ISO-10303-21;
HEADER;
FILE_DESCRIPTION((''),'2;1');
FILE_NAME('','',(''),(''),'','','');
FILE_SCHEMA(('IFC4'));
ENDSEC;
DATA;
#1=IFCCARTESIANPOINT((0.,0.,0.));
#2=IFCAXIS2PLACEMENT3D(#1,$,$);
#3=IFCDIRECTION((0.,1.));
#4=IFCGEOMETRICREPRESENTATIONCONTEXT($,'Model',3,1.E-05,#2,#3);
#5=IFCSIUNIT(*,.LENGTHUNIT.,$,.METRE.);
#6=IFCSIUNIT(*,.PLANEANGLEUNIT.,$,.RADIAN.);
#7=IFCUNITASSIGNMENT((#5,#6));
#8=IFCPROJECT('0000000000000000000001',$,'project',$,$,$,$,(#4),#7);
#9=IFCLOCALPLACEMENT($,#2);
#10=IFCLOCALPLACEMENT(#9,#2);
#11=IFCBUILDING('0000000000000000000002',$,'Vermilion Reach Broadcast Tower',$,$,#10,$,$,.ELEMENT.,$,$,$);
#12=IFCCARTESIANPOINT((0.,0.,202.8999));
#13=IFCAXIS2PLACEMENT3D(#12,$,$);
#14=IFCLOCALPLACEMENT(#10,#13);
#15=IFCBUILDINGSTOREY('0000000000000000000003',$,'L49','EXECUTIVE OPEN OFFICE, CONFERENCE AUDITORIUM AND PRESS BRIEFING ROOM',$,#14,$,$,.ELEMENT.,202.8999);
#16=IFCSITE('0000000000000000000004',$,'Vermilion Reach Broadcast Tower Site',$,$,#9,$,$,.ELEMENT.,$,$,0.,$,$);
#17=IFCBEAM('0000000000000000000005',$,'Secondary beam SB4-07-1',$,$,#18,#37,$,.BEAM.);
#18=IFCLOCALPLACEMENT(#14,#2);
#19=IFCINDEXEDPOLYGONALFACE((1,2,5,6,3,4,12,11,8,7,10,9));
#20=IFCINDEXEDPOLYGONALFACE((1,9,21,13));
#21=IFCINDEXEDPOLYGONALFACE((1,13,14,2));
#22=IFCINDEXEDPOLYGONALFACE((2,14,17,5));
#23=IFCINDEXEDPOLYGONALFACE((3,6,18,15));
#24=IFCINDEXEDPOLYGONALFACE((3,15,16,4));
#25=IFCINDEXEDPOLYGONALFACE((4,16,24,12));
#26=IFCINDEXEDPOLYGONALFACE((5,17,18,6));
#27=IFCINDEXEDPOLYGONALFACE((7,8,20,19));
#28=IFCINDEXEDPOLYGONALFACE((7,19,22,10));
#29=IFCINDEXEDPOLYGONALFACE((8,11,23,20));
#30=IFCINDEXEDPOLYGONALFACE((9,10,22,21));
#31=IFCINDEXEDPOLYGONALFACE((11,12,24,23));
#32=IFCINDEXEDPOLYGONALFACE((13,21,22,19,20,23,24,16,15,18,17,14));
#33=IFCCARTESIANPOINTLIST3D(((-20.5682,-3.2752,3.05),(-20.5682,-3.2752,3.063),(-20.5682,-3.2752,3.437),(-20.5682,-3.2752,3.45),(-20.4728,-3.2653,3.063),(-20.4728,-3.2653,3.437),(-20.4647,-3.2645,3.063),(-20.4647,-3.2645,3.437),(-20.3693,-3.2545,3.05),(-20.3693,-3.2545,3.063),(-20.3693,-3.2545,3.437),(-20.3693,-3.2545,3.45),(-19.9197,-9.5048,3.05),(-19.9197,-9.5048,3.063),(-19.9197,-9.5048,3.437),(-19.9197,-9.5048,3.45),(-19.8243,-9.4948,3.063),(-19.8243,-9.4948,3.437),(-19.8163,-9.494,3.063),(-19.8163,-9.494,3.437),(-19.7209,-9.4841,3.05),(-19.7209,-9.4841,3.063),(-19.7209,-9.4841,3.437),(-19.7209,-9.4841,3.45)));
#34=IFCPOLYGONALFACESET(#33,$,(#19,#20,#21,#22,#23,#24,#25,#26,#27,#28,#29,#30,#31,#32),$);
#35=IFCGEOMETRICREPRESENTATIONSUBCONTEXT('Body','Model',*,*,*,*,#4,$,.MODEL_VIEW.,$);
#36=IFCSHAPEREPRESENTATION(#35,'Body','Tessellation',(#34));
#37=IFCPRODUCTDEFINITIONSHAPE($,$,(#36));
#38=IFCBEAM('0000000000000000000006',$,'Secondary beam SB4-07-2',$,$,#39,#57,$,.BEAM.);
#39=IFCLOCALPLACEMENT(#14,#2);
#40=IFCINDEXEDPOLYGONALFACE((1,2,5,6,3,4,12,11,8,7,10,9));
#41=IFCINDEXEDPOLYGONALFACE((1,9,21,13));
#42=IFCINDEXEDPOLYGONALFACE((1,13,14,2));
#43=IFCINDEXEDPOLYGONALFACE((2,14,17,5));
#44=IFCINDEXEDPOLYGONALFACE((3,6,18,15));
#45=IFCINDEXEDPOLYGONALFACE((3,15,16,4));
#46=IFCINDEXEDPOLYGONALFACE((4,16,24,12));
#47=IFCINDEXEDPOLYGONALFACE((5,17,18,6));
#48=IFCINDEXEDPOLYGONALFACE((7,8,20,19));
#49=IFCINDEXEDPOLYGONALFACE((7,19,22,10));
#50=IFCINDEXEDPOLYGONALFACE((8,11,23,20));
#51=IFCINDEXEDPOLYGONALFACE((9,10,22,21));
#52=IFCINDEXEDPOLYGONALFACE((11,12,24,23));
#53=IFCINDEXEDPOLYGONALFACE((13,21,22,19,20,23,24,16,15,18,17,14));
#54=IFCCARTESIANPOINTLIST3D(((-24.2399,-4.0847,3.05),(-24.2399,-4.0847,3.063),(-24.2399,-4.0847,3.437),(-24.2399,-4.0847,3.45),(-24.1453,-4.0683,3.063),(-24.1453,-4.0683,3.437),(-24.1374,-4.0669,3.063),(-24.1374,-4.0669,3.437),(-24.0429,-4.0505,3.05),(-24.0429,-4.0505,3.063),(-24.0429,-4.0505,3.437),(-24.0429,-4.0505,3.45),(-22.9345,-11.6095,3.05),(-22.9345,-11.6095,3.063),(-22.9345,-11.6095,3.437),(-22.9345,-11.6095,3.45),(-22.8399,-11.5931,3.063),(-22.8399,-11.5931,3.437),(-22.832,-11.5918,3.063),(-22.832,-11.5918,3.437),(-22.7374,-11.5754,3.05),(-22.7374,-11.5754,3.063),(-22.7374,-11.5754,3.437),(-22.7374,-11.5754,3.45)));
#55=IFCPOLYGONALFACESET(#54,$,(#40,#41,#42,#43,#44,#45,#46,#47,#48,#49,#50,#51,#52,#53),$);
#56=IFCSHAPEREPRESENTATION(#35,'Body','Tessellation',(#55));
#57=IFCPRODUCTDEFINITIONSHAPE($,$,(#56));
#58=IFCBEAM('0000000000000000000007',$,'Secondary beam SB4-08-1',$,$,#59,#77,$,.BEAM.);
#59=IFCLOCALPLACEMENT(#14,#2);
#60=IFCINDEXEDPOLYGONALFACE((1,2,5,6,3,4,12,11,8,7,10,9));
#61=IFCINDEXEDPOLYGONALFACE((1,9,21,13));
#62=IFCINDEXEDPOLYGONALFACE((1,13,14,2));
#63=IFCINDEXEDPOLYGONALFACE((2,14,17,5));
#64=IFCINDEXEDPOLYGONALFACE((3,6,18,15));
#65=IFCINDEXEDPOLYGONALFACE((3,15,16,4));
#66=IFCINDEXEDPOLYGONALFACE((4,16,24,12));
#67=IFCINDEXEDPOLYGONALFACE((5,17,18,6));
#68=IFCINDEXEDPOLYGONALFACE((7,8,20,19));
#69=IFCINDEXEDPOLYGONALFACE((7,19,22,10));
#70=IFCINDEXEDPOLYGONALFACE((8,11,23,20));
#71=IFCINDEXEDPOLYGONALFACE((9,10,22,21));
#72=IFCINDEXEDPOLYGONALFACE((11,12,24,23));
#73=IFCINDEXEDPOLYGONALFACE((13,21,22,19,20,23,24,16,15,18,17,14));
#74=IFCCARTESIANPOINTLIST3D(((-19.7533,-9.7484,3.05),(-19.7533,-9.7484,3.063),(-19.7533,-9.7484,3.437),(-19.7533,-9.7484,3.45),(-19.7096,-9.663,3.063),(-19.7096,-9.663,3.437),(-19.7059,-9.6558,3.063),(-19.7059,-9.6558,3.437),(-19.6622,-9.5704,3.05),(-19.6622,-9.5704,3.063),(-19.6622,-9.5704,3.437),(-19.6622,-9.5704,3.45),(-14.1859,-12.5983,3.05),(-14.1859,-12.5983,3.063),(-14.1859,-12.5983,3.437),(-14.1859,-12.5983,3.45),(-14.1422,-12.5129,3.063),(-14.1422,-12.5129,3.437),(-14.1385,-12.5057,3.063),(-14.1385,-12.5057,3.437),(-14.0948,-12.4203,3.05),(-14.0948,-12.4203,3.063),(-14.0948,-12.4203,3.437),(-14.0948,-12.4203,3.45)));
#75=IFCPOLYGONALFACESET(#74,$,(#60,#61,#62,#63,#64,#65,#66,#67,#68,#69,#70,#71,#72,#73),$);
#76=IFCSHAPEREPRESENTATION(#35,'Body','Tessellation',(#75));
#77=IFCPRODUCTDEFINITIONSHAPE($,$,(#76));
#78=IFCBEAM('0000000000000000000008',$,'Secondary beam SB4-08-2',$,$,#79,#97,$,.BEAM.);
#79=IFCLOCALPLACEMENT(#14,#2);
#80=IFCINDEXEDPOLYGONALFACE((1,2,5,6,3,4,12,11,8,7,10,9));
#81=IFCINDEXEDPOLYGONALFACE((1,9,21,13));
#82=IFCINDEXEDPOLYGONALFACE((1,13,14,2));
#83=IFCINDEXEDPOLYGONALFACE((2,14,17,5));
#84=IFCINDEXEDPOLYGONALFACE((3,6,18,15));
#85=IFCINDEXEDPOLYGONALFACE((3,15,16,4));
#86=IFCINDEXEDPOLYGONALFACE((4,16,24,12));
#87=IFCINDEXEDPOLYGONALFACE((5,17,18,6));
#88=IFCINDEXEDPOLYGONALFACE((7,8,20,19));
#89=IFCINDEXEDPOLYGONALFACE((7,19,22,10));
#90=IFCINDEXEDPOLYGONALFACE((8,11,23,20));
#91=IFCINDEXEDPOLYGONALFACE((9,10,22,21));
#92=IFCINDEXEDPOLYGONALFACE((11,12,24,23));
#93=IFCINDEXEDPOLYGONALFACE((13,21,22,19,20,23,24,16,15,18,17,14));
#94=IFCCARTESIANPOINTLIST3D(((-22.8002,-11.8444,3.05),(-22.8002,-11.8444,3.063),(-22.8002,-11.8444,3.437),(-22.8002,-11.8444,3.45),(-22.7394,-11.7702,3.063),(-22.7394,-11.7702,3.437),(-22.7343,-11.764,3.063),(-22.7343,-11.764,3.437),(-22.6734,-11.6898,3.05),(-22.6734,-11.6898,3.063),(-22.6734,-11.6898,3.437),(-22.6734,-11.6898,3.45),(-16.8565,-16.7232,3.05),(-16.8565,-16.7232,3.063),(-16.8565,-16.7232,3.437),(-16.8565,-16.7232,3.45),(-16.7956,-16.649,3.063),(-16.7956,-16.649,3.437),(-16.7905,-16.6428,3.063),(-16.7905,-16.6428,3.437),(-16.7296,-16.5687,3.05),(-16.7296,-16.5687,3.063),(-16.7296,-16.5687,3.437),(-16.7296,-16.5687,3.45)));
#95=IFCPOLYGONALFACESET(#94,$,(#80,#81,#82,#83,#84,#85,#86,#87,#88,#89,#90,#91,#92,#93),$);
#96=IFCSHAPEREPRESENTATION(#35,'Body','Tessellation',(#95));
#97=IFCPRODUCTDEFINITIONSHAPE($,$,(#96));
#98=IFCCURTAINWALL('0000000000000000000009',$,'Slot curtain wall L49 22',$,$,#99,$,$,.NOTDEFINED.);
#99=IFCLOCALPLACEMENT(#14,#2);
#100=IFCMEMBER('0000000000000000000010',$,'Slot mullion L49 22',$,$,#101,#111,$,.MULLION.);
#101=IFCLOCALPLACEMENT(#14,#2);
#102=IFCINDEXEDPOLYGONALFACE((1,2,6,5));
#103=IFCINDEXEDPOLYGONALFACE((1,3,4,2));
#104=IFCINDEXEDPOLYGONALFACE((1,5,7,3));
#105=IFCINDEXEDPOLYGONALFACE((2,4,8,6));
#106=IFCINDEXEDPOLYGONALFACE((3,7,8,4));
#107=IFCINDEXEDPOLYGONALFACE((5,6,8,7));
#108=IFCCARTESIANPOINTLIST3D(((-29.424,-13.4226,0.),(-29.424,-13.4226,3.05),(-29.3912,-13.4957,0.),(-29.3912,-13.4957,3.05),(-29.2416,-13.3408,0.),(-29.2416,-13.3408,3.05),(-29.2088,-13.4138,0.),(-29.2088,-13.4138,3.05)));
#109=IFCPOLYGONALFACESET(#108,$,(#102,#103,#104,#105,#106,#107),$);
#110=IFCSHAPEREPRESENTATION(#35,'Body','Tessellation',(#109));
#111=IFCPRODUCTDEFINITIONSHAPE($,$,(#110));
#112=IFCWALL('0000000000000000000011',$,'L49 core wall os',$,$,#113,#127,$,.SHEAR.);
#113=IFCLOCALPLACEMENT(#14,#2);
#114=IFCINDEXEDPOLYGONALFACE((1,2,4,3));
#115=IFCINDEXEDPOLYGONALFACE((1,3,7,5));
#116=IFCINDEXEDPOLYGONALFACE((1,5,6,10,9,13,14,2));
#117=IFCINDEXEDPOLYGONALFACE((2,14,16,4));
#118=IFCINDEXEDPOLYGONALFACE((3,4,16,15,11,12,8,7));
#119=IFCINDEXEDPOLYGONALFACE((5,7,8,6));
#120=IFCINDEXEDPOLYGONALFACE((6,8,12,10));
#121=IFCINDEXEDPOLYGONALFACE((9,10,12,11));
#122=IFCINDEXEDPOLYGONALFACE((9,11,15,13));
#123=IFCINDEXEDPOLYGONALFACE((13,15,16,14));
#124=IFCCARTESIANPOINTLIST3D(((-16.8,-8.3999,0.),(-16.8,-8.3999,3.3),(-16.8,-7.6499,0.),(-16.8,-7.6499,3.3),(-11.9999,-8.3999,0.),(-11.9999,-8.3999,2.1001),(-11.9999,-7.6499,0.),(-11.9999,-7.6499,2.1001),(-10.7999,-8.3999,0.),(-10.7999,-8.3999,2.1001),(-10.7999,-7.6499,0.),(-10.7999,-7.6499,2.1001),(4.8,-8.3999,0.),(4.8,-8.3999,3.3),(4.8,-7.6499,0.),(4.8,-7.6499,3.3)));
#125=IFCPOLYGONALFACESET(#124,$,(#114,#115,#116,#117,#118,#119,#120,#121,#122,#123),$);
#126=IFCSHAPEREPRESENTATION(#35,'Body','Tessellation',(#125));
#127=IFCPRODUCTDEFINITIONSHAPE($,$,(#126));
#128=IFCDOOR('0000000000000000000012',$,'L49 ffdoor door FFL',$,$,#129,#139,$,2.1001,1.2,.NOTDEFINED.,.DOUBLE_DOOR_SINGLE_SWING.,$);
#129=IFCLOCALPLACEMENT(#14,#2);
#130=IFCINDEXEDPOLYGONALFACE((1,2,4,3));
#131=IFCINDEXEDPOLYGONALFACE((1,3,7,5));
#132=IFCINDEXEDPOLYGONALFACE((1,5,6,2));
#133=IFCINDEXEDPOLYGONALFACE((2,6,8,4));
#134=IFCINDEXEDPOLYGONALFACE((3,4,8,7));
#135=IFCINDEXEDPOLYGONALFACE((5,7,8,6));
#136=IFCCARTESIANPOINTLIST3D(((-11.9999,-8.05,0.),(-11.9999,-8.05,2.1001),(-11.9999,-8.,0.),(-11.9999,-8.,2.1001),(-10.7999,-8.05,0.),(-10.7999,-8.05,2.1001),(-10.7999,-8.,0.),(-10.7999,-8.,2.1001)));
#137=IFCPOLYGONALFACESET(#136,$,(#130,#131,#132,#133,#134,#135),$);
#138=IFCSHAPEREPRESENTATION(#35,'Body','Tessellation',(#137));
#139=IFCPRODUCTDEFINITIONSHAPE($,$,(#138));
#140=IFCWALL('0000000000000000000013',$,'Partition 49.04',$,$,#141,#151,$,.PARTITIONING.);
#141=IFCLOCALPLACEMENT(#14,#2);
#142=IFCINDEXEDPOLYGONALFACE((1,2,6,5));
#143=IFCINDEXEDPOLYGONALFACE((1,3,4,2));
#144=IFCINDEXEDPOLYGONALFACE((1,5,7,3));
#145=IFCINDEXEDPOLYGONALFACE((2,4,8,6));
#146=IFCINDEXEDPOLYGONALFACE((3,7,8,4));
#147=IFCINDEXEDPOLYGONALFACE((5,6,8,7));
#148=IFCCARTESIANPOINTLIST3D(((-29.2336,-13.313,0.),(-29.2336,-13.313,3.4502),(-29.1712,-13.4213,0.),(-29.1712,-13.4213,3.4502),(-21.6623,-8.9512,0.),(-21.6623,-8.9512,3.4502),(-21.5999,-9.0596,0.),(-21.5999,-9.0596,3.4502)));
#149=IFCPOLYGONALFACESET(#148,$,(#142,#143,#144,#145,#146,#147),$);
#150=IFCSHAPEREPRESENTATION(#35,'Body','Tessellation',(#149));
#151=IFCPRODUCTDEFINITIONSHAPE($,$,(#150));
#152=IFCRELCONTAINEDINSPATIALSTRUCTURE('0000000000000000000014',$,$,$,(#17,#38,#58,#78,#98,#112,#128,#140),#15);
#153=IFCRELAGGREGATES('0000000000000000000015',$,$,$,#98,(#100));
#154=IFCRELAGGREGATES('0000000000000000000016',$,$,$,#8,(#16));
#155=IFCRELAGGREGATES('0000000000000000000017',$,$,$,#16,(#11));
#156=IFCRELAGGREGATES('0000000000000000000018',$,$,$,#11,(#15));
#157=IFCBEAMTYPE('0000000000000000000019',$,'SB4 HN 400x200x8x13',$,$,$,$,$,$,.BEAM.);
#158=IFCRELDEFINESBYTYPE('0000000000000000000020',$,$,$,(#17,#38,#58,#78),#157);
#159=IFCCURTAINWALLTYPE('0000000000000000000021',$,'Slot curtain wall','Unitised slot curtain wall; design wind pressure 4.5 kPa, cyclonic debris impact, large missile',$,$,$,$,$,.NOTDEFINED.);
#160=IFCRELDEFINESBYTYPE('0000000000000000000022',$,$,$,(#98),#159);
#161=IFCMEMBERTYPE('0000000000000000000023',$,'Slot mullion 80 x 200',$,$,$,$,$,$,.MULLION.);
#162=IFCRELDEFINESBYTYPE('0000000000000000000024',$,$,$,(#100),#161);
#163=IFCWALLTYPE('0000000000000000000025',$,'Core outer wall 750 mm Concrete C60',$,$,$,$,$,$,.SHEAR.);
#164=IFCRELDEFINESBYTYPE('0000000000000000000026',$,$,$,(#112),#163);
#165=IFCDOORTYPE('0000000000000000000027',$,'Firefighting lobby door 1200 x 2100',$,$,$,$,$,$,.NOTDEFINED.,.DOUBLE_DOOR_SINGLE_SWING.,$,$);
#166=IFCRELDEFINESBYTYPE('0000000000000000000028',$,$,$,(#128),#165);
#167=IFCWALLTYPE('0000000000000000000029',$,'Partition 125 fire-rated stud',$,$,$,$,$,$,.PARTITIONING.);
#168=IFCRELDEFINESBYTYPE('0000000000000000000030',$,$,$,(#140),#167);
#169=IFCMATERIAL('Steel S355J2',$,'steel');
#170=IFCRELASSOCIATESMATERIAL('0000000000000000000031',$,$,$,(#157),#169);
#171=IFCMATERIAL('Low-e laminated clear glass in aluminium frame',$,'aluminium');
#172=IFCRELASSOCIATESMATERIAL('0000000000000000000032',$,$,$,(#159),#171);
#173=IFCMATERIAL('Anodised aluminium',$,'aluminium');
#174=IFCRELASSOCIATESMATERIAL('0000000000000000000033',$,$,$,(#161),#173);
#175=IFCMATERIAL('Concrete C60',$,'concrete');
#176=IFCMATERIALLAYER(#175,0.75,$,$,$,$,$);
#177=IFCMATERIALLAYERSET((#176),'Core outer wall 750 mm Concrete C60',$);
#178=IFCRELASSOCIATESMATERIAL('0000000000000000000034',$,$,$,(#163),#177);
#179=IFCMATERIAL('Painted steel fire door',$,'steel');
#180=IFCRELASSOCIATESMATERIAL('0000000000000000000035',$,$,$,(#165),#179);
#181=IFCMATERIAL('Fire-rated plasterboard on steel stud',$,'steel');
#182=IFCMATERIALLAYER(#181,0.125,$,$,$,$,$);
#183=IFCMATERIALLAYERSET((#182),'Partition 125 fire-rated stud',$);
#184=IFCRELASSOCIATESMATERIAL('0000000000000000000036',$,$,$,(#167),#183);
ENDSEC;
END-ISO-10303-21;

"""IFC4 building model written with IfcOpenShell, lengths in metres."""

from ifc_helpers import new_model, si_unit, direction, frame, frame_2d, origin, origin_2d, place, context, subcontext, project, spatial, rectangle, i_section, extrude, material, layer, layer_set, material_profile, profile_set, type_object, element, fill, aggregate, save


model = new_model("IFC4")

# Units and contexts
model_context = context("Model", 3, precision=1e-05, world=origin(), true_north=direction((0.0, 1.0)))
body_context = subcontext(model_context, "Body", "Model", "MODEL_VIEW")
ifc_project = project(units=[si_unit("LENGTHUNIT", "METRE"), si_unit("PLANEANGLEUNIT", "RADIAN")], contexts=[model_context])

# Site, building, storey
site_placement = place(None, origin())
site = spatial("IfcSite", under=ifc_project, at=site_placement, Name="Vermilion Reach Broadcast Tower Site", CompositionType="ELEMENT", RefElevation=0.0)
building_placement = place(site_placement, origin())
building = spatial("IfcBuilding", under=site, at=building_placement, Name="Vermilion Reach Broadcast Tower", CompositionType="ELEMENT")
storey_placement = place(building_placement, frame((0.0, 0.0, 202.8999)))
storey = spatial("IfcBuildingStorey", under=building, at=storey_placement, Name="L49", Description="EXECUTIVE OPEN OFFICE, CONFERENCE AUDITORIUM AND PRESS BRIEFING ROOM", CompositionType="ELEMENT", Elevation=202.8999)

# Beams
ifc_material_1 = material(Name="Steel S355J2", Category="steel")
ifc_material_profile_1 = material_profile(ifc_material_1, i_section(OverallWidth=0.2, OverallDepth=0.3999, WebThickness=0.0081, FlangeThickness=0.0129, at=origin_2d()), Name="S355J2 HN 400x200x8x13")
ifc_profile_set_1 = profile_set([ifc_material_profile_1], Name="Steel S355J2")
beam_type_1 = type_object("IfcBeamType", Name="SB4 HN 400x200x8x13", PredefinedType="BEAM", material=ifc_profile_set_1)
beam_1_placement = place(storey_placement, frame((-20.4688, -3.2649, 3.25), z_axis=(0.103532, -0.994626, 0.0), x_axis=(0.994626, 0.103532, 0.0)))
element("IfcBeam", 1, at=beam_1_placement, inside=storey, type_object=beam_type_1, Name="Secondary beam SB4-07-1", PredefinedType="BEAM", context=body_context, shape_type="SweptSolid", body=[
    extrude(i_section(OverallWidth=0.2, OverallDepth=0.3999, WebThickness=0.0081, FlangeThickness=0.0129, at=origin_2d()), origin(), (0.0, 0.0, 1.0), 6.2632),
])
beam_2_placement = place(storey_placement, frame((-24.1414, -4.0676, 3.25), z_axis=(0.170927, -0.985284, 0.0), x_axis=(0.985284, 0.170927, 0.0)))
element("IfcBeam", 2, at=beam_2_placement, inside=storey, type_object=beam_type_1, Name="Secondary beam SB4-07-2", PredefinedType="BEAM", context=body_context, shape_type="SweptSolid", body=[
    extrude(i_section(OverallWidth=0.2, OverallDepth=0.3999, WebThickness=0.0081, FlangeThickness=0.0129, at=origin_2d()), origin(), (0.0, 0.0, 1.0), 7.6372),
])
beam_3_placement = place(storey_placement, frame((-19.7078, -9.6594, 3.25), z_axis=(0.890156, -0.455656, 0.0), x_axis=(0.455656, 0.890156, 0.0)))
element("IfcBeam", 3, at=beam_3_placement, inside=storey, type_object=beam_type_1, Name="Secondary beam SB4-08-1", PredefinedType="BEAM", context=body_context, shape_type="SweptSolid", body=[
    extrude(i_section(OverallWidth=0.2, OverallDepth=0.3999, WebThickness=0.0081, FlangeThickness=0.0129, at=origin_2d()), origin(), (0.0, 0.0, 1.0), 6.2544),
])
beam_4_placement = place(storey_placement, frame((-22.7368, -11.7671, 3.25), z_axis=(0.772952, -0.634465, 0.0), x_axis=(0.634465, 0.772952, 0.0)))
element("IfcBeam", 4, at=beam_4_placement, inside=storey, type_object=beam_type_1, Name="Secondary beam SB4-08-2", PredefinedType="BEAM", context=body_context, shape_type="SweptSolid", body=[
    extrude(i_section(OverallWidth=0.2, OverallDepth=0.3999, WebThickness=0.0081, FlangeThickness=0.0129, at=origin_2d()), origin(), (0.0, 0.0, 1.0), 7.6897),
])

# Curtain wall, member
ifc_material_2 = material(Name="Low-e laminated clear glass in aluminium frame", Category="aluminium")
curtain_wall_type = type_object("IfcCurtainWallType", Name="Slot curtain wall", Description="Unitised slot curtain wall; design wind pressure 4.5 kPa, cyclonic debris impact, large missile", PredefinedType="NOTDEFINED", material=ifc_material_2)
curtain_wall_placement = place(storey_placement, origin())
curtain_wall = element("IfcCurtainWall", 5, at=curtain_wall_placement, inside=storey, type_object=curtain_wall_type, Name="Slot curtain wall L49 22", PredefinedType="NOTDEFINED")
ifc_material_3 = material(Name="Anodised aluminium", Category="aluminium")
ifc_material_profile_2 = material_profile(ifc_material_3, rectangle(XDim=0.2, YDim=0.0801, at=origin_2d()), Name="Slot mullion 80 x 200")
ifc_profile_set_2 = profile_set([ifc_material_profile_2], Name="Anodised aluminium")
member_type = type_object("IfcMemberType", Name="Slot mullion 80 x 200", PredefinedType="MULLION", material=ifc_profile_set_2)
member_placement = place(storey_placement, frame((-29.3164, -13.4182, 0.0), z_axis=(0.0, 0.0, 1.0), x_axis=(0.912359, 0.40939, 0.0)))
member = element("IfcMember", 6, at=member_placement, type_object=member_type, Name="Slot mullion L49 22", PredefinedType="MULLION", context=body_context, shape_type="SweptSolid", body=[
    extrude(rectangle(XDim=0.2, YDim=0.0801, at=origin_2d()), origin(), (0.0, 0.0, 1.0), 3.05),
])
aggregate(curtain_wall, [member])

# Wall, opening, door
ifc_material_4 = material(Name="Concrete C60", Category="concrete")
ifc_layer_1 = layer(ifc_material_4, 0.75)
ifc_layer_set_1 = layer_set([ifc_layer_1], Name="Core outer wall 750 mm Concrete C60")
wall_type_1 = type_object("IfcWallType", Name="Core outer wall 750 mm Concrete C60", PredefinedType="SHEAR", material=ifc_layer_set_1)
wall_1_placement = place(storey_placement, frame((-16.8, -8.0249, 0.0), z_axis=(0.0, 0.0, 1.0), x_axis=(1.0, 0.0, 0.0)))
wall_1 = element("IfcWall", 7, at=wall_1_placement, inside=storey, type_object=wall_type_1, Name="L49 core wall os", PredefinedType="SHEAR", context=body_context, shape_type="SweptSolid", body=[
    extrude(rectangle(XDim=21.6001, YDim=0.75, at=frame_2d((10.8, 0.0))), origin(), (0.0, 0.0, 1.0), 3.3),
])
opening_1_placement = place(wall_1_placement, frame((4.8, 0.0, 0.0)))
opening_1 = element("IfcOpeningElement", 8, at=opening_1_placement, cuts=wall_1, PredefinedType="OPENING", context=body_context, shape_type="SweptSolid", body=[
    extrude(rectangle(XDim=1.2, YDim=2.1001, at=frame_2d((0.6001, 1.05))), frame((0.0, 0.385, 0.0), z_axis=(0.0, -1.0, 0.0), x_axis=(1.0, 0.0, 0.0)), (0.0, 0.0, 1.0), 0.77),
])
ifc_material_5 = material(Name="Painted steel fire door", Category="steel")
door_type_1 = type_object("IfcDoorType", Name="Firefighting lobby door 1200 x 2100", OperationType="DOUBLE_DOOR_SINGLE_SWING", PredefinedType="NOTDEFINED", material=ifc_material_5)
door_1_placement = place(opening_1_placement, origin())
door_1 = element("IfcDoor", 9, at=door_1_placement, inside=storey, type_object=door_type_1, Name="L49 ffdoor door FFL", OperationType="DOUBLE_DOOR_SINGLE_SWING", OverallHeight=2.1001, OverallWidth=1.2, PredefinedType="NOTDEFINED", context=body_context, shape_type="SweptSolid", body=[
    extrude(rectangle(XDim=1.2, YDim=2.1001, at=frame_2d((0.6001, 1.05))), frame((0.0, 0.0249, 0.0), z_axis=(0.0, -1.0, 0.0), x_axis=(1.0, 0.0, 0.0)), (0.0, 0.0, 1.0), 0.05),
])
fill(opening_1, door_1)

# Wall
ifc_material_6 = material(Name="Fire-rated plasterboard on steel stud", Category="steel")
ifc_layer_2 = layer(ifc_material_6, 0.125)
ifc_layer_set_2 = layer_set([ifc_layer_2], Name="Partition 125 fire-rated stud")
wall_type_2 = type_object("IfcWallType", Name="Partition 125 fire-rated stud", PredefinedType="PARTITIONING", material=ifc_layer_set_2)
wall_2_placement = place(storey_placement, frame((-29.2024, -13.3672, 0.0), z_axis=(0.0, 0.0, 1.0), x_axis=(0.866494, 0.499187, 0.0)))
element("IfcWall", 10, at=wall_2_placement, inside=storey, type_object=wall_type_2, Name="Partition 49.04", PredefinedType="PARTITIONING", context=body_context, shape_type="SweptSolid", body=[
    extrude(rectangle(XDim=8.7378, YDim=0.125, at=frame_2d((4.3689, 0.0))), origin(), (0.0, 0.0, 1.0), 3.4502),
])

save(model, "model.ifc")
